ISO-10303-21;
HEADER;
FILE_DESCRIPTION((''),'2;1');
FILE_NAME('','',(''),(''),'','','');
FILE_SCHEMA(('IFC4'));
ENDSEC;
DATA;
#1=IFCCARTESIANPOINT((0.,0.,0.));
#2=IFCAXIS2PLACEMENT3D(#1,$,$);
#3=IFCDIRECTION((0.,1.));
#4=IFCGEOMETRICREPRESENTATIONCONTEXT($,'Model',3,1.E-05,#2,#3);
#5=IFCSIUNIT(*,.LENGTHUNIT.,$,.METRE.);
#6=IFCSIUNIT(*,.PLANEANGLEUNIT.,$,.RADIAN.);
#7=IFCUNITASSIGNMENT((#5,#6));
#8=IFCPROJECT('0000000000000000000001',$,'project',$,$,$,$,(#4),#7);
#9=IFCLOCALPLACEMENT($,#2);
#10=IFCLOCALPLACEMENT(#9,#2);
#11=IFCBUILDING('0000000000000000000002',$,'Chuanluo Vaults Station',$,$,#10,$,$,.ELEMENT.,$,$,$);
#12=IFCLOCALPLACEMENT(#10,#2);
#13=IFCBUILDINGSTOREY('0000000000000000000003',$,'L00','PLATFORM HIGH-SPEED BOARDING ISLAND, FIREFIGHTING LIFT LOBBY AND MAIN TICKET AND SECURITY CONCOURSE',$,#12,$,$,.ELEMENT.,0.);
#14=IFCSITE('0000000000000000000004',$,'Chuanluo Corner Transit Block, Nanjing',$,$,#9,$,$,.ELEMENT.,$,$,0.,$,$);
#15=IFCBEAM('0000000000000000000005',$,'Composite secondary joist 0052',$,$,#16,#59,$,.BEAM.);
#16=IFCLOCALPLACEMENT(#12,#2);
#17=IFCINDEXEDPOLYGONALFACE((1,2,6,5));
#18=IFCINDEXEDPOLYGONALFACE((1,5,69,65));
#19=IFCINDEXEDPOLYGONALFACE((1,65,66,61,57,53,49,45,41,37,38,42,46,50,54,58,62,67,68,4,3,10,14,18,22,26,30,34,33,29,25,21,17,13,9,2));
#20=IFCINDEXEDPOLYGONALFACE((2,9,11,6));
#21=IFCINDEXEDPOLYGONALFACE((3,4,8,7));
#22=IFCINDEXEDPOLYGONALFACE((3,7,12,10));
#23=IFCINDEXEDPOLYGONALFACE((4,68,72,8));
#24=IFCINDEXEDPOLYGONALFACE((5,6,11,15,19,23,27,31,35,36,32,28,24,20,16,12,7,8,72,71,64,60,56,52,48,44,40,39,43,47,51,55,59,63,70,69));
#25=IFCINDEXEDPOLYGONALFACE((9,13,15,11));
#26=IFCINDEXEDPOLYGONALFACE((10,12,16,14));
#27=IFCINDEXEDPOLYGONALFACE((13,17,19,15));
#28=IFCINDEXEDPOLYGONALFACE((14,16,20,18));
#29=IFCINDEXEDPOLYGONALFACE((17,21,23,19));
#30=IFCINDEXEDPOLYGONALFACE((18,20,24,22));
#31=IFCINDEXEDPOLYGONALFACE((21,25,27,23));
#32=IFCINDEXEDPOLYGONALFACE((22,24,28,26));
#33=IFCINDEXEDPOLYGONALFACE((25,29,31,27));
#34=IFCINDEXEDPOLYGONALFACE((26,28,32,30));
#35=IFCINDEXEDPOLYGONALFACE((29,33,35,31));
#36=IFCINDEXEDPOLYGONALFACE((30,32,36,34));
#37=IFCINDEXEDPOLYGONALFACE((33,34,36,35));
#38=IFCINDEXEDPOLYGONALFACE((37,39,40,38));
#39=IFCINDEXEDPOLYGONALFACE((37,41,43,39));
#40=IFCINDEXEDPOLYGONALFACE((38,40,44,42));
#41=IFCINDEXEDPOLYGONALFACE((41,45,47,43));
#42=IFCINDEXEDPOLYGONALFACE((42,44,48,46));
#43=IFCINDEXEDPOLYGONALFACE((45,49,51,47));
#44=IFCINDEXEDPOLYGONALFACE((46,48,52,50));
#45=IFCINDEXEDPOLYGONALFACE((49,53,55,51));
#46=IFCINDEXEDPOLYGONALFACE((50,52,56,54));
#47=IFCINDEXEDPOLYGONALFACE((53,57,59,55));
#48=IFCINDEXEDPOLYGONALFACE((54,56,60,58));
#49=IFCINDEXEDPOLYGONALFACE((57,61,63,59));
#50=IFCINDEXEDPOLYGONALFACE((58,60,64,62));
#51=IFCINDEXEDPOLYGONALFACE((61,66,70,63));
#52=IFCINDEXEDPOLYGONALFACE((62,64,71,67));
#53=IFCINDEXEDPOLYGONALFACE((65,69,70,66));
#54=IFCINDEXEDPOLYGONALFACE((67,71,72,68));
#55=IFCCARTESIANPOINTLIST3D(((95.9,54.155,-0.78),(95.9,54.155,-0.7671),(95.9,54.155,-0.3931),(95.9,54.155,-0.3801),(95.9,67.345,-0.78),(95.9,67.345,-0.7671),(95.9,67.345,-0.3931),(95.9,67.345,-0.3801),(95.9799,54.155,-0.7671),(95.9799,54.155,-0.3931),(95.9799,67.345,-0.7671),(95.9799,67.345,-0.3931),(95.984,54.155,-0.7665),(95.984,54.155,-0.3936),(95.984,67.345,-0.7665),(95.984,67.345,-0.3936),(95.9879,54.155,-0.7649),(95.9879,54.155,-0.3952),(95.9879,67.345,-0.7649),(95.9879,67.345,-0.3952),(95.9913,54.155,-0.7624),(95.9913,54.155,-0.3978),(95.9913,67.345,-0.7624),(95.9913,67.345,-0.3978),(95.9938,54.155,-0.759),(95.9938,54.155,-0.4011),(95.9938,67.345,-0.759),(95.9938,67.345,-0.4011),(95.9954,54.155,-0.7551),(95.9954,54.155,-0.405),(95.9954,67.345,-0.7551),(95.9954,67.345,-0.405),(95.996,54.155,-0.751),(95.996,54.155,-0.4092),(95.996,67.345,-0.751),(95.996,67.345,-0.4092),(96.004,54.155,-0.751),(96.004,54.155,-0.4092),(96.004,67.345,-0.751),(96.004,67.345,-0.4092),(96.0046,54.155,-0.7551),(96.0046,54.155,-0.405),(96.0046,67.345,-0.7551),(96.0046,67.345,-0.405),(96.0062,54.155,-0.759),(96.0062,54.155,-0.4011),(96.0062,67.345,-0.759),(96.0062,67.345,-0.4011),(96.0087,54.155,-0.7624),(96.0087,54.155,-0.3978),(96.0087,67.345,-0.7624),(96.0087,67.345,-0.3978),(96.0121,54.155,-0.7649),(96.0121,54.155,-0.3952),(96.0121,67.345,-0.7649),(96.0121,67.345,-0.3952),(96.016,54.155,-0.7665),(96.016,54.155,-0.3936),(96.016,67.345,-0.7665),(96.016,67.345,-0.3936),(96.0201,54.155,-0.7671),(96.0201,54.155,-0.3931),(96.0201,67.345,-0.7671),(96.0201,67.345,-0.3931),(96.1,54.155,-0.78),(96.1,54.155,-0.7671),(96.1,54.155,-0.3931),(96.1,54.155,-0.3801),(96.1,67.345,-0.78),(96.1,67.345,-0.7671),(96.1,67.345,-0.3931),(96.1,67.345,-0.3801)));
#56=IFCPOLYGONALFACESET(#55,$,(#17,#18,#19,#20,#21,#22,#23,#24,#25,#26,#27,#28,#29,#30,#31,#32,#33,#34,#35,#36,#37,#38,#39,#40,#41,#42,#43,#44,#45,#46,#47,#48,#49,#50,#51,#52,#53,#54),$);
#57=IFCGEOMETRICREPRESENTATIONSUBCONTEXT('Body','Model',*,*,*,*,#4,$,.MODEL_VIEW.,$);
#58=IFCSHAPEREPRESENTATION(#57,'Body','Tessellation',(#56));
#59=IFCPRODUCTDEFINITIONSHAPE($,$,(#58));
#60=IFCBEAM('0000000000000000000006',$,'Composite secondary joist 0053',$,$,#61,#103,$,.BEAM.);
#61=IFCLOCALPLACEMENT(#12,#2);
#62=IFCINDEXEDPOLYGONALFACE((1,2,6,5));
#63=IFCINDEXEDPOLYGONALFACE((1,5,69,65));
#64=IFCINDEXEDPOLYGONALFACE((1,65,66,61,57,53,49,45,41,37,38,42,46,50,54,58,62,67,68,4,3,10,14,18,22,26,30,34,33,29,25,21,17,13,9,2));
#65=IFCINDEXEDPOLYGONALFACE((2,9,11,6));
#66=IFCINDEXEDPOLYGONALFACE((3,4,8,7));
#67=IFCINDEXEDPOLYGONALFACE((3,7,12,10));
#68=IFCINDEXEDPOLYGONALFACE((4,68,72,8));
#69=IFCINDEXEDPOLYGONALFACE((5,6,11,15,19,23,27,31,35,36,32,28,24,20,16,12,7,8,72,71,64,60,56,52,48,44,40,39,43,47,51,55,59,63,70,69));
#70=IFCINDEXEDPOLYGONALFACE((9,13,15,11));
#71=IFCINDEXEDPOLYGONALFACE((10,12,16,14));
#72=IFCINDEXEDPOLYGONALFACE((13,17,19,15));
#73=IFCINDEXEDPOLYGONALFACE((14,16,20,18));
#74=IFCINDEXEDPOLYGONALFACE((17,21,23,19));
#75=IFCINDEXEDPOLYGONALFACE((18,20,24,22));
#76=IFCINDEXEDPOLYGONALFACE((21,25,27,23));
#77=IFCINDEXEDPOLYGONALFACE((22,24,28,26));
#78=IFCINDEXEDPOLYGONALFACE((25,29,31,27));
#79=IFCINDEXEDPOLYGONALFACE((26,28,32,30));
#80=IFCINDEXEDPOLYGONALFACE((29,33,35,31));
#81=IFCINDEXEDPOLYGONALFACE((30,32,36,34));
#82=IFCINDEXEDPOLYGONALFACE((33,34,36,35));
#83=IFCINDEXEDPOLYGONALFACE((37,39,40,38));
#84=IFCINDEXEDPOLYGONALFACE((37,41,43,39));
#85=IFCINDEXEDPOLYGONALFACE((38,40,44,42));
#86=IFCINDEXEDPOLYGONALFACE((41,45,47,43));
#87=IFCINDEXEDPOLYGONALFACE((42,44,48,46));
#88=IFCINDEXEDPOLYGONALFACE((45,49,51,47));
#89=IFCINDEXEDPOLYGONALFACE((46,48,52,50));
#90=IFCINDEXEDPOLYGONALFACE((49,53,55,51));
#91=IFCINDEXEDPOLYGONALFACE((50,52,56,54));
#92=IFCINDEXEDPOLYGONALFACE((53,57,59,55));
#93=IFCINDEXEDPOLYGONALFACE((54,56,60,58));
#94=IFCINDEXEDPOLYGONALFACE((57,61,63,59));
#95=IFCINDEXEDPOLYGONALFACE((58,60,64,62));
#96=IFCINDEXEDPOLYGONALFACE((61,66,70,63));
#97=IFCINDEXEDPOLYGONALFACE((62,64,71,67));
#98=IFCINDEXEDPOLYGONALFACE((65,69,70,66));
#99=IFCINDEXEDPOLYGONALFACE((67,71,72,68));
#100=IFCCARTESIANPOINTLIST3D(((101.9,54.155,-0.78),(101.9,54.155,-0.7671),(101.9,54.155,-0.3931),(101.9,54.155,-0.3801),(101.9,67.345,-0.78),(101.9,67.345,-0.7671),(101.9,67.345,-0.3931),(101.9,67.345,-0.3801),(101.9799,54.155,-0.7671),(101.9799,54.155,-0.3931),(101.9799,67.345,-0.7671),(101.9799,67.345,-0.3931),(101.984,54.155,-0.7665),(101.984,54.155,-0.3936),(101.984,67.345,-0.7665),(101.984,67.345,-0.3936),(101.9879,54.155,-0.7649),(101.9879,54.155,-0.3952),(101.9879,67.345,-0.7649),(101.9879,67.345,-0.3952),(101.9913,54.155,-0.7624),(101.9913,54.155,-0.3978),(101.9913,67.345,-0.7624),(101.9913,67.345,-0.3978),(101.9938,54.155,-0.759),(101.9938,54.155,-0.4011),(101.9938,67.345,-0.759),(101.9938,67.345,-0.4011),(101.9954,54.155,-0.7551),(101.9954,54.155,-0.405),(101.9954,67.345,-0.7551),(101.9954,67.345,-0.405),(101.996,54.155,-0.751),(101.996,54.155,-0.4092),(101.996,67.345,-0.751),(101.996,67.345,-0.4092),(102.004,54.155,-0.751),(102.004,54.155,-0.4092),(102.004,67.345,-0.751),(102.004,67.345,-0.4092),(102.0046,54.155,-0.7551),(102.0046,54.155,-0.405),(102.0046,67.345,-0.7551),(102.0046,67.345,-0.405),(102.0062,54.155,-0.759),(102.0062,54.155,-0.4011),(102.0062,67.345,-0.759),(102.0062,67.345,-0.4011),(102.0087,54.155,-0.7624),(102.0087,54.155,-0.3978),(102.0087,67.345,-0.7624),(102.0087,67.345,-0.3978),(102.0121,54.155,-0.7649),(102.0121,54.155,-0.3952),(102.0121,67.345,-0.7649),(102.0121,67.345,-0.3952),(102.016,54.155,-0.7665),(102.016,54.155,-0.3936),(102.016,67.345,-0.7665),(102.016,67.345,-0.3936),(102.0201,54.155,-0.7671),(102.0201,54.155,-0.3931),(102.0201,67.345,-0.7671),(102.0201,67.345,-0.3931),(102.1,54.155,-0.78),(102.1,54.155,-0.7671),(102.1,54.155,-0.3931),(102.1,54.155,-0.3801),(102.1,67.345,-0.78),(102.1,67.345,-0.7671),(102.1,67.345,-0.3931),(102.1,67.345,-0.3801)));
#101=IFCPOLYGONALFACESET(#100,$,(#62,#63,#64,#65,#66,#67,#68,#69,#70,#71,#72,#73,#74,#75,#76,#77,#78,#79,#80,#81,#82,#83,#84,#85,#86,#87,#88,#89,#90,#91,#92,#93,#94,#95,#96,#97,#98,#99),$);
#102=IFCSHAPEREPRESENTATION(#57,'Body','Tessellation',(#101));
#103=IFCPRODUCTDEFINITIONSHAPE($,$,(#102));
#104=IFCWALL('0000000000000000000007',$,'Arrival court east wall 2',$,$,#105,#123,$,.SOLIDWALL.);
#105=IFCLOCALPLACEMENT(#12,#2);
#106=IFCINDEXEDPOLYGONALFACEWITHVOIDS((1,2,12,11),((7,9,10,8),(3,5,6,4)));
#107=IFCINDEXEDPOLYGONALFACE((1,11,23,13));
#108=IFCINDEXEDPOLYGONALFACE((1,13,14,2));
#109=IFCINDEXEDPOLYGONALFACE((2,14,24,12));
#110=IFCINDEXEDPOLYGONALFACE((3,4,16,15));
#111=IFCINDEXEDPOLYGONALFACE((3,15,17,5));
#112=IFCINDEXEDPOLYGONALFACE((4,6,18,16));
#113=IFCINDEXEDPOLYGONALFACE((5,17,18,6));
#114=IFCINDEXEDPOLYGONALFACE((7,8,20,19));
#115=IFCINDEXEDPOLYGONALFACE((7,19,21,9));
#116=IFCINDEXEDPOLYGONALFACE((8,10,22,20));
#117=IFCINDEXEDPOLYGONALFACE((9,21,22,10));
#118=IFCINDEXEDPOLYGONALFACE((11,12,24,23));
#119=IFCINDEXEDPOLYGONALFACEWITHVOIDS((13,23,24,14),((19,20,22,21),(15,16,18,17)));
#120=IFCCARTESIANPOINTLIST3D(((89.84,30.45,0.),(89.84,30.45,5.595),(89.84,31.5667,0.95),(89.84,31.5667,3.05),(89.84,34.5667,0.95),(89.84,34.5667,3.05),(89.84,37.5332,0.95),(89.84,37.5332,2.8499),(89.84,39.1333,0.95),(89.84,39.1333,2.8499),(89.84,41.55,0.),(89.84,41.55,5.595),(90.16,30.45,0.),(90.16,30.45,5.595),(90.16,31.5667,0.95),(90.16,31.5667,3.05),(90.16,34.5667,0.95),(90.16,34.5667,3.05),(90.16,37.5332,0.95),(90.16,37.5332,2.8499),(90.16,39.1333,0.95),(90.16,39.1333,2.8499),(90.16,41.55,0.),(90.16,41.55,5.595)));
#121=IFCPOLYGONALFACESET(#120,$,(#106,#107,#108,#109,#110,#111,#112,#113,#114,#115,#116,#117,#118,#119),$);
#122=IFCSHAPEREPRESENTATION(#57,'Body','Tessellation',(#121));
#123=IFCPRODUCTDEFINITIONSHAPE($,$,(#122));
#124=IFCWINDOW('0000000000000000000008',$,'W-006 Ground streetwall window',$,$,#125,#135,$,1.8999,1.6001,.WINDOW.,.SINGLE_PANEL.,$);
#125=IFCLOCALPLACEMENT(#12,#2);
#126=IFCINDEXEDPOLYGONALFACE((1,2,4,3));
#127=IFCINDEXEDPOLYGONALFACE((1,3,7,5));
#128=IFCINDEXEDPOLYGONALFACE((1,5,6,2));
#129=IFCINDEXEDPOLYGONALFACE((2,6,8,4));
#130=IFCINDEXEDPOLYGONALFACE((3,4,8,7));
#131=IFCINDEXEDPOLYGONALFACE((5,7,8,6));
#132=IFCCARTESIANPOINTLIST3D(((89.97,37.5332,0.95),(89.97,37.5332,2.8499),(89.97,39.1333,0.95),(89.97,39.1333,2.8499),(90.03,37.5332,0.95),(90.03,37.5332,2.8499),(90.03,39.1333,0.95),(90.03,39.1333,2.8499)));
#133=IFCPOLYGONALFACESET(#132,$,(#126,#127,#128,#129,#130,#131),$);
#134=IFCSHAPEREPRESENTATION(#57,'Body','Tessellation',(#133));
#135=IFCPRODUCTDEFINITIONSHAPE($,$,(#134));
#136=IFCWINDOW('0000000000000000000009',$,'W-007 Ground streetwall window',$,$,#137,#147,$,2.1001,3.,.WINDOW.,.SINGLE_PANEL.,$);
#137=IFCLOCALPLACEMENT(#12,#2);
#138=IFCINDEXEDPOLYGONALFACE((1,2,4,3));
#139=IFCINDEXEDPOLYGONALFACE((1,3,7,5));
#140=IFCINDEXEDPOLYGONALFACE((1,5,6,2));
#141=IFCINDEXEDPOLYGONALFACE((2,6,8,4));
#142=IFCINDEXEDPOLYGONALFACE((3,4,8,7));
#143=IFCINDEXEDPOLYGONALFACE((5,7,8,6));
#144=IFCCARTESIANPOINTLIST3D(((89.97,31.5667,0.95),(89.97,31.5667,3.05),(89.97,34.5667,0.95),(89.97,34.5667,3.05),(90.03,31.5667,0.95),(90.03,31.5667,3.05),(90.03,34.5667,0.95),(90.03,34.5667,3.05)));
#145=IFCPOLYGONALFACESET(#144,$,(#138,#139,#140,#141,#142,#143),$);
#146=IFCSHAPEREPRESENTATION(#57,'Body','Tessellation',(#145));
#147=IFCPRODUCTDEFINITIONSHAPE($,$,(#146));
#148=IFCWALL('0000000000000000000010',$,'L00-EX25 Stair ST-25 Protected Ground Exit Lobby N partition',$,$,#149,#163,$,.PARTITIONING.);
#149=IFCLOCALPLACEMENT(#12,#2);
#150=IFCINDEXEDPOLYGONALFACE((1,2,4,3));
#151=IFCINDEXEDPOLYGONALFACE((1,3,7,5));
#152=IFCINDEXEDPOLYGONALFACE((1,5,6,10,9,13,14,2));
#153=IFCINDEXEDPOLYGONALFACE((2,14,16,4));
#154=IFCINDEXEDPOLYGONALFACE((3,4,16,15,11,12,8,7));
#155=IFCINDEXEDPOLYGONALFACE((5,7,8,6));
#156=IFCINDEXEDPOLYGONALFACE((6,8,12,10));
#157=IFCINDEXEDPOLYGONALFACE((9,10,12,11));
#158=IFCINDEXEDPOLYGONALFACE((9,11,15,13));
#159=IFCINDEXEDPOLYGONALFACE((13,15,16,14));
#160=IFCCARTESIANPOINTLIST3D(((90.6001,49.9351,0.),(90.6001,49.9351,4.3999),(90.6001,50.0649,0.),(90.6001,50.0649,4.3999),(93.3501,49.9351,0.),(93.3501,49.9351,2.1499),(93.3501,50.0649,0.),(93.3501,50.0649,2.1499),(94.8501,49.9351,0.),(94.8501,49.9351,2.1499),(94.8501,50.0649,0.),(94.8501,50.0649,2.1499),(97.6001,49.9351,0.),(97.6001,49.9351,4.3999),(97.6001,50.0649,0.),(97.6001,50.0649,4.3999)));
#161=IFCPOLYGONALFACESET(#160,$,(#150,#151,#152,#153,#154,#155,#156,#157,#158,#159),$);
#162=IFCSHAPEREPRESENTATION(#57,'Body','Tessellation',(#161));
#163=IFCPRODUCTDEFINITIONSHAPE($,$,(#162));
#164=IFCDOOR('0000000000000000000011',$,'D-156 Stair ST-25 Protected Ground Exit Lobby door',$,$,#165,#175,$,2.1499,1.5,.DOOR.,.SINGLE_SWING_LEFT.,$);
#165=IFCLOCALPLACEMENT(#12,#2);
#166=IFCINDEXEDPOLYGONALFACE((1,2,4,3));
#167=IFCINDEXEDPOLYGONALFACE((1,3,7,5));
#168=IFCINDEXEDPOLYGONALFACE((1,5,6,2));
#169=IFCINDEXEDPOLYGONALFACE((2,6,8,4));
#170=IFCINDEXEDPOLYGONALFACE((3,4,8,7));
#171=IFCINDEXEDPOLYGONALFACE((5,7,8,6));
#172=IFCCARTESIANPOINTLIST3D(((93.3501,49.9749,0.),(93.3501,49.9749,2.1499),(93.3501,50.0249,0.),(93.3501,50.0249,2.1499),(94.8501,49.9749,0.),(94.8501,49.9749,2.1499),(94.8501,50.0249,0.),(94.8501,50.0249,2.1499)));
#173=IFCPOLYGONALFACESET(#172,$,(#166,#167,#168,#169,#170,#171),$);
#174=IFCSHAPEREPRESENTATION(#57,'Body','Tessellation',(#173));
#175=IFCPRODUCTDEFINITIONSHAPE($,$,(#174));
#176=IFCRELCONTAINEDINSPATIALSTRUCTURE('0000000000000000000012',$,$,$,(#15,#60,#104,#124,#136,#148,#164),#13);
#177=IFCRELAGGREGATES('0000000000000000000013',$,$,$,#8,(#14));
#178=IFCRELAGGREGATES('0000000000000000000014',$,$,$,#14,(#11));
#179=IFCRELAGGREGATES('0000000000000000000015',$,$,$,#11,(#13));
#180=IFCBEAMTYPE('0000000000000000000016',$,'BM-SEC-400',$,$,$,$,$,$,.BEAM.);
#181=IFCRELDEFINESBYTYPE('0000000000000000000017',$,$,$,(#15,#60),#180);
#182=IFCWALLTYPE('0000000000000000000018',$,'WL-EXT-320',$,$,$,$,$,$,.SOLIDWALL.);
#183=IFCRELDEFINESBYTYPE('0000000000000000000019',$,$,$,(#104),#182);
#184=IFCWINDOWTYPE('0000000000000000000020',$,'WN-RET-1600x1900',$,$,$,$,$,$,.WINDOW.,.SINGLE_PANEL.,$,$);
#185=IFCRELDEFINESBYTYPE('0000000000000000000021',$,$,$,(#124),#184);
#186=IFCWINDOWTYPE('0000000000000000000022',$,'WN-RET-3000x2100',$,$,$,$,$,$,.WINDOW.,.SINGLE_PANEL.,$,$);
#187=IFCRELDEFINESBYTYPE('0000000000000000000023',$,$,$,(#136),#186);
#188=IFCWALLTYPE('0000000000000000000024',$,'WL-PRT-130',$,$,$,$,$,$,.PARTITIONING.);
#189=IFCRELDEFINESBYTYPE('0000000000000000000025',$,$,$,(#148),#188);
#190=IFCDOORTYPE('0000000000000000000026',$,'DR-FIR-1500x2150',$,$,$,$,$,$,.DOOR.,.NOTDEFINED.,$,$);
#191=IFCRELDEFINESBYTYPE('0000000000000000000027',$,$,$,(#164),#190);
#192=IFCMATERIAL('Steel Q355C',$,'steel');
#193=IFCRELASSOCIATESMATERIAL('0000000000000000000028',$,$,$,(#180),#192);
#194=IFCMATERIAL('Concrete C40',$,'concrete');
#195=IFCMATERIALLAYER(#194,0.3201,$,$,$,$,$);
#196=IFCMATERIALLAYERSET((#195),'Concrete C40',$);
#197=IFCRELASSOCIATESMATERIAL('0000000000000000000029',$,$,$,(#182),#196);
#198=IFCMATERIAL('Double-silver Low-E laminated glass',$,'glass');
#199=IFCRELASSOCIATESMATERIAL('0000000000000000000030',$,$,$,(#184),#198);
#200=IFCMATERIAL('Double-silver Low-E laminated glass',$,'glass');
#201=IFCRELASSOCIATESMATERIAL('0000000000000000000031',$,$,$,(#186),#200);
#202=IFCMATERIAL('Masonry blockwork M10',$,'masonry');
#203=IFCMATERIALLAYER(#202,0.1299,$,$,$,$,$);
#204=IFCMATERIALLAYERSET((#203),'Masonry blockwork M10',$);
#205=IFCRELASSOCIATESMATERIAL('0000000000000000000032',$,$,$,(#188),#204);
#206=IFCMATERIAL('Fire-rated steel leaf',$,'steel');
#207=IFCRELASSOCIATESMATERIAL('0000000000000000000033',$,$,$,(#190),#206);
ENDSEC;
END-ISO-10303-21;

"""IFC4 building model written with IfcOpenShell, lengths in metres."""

from ifc_helpers import new_model, si_unit, direction, frame, frame_2d, origin, origin_2d, place, context, subcontext, project, spatial, rectangle, i_section, extrude, material, layer, layer_set, material_profile, profile_set, type_object, element, fill, save


model = new_model("IFC4")

# Units and contexts
model_context = context("Model", 3, precision=1e-05, world=origin(), true_north=direction((0.0, 1.0)))
body_context = subcontext(model_context, "Body", "Model", "MODEL_VIEW")
ifc_project = project(units=[si_unit("LENGTHUNIT", "METRE"), si_unit("PLANEANGLEUNIT", "RADIAN")], contexts=[model_context])

# Site, building, storey
site_placement = place(None, origin())
site = spatial("IfcSite", under=ifc_project, at=site_placement, Name="Chuanluo Corner Transit Block, Nanjing", CompositionType="ELEMENT", RefElevation=0.0)
building_placement = place(site_placement, origin())
building = spatial("IfcBuilding", under=site, at=building_placement, Name="Chuanluo Vaults Station", CompositionType="ELEMENT")
storey_placement = place(building_placement, origin())
storey = spatial("IfcBuildingStorey", under=building, at=storey_placement, Name="L00", Description="PLATFORM HIGH-SPEED BOARDING ISLAND, FIREFIGHTING LIFT LOBBY AND MAIN TICKET AND SECURITY CONCOURSE", CompositionType="ELEMENT", Elevation=0.0)

# Beams
ifc_material_1 = material(Name="Steel Q355C", Category="steel")
ifc_material_profile_1 = material_profile(ifc_material_1, i_section(OverallWidth=0.2, OverallDepth=0.3999, WebThickness=0.0081, FlangeThickness=0.0129, FilletRadius=0.0161, at=origin_2d()))
ifc_profile_set_1 = profile_set([ifc_material_profile_1], Name="Steel Q355C")
beam_type_1 = type_object("IfcBeamType", Name="BM-SEC-400", PredefinedType="BEAM", material=ifc_profile_set_1)
for number, where, z_axis, x_axis, name in (
    (1, (96.0, 54.155, -0.5801), (0.0, 1.0, 0.0), (-1.0, 0.0, 0.0), "Composite secondary joist 0052"),
    (2, (102.0, 54.155, -0.5801), (0.0, 1.0, 0.0), (-1.0, 0.0, 0.0), "Composite secondary joist 0053"),
):
    element("IfcBeam", number, at=place(storey_placement, frame(where, z_axis=z_axis, x_axis=x_axis)), inside=storey, type_object=beam_type_1, Name=name, PredefinedType="BEAM", context=body_context, shape_type="SweptSolid", body=[
        extrude(i_section(OverallWidth=0.2, OverallDepth=0.3999, WebThickness=0.0081, FlangeThickness=0.0129, FilletRadius=0.0161, at=origin_2d()), origin(), (0.0, 0.0, 1.0), 13.1899),
    ])

# Wall, openings, windows
ifc_material_2 = material(Name="Concrete C40", Category="concrete")
ifc_layer_1 = layer(ifc_material_2, 0.3201)
ifc_layer_set_1 = layer_set([ifc_layer_1], Name="Concrete C40")
wall_type_1 = type_object("IfcWallType", Name="WL-EXT-320", PredefinedType="SOLIDWALL", material=ifc_layer_set_1)
wall_1_placement = place(storey_placement, frame((90.0, 41.55, 0.0), z_axis=(0.0, 0.0, 1.0), x_axis=(0.0, -1.0, 0.0)))
wall_1 = element("IfcWall", 3, at=wall_1_placement, inside=storey, type_object=wall_type_1, Name="Arrival court east wall 2", PredefinedType="SOLIDWALL", context=body_context, shape_type="SweptSolid", body=[
    extrude(rectangle(XDim=11.1001, YDim=0.3201, at=frame_2d((5.55, 0.0))), origin(), (0.0, 0.0, 1.0), 5.595),
])
opening_1_placement = place(wall_1_placement, frame((2.4167, 0.0, 0.95)))
opening_1 = element("IfcOpeningElement", 4, at=opening_1_placement, cuts=wall_1, PredefinedType="OPENING", context=body_context, shape_type="SweptSolid", body=[
    extrude(rectangle(XDim=1.6001, YDim=1.8999, at=frame_2d((0.8, 0.95))), frame((0.0, 0.1702, 0.0), z_axis=(0.0, -1.0, 0.0), x_axis=(1.0, 0.0, 0.0)), (0.0, 0.0, 1.0), 0.3401),
])
opening_2_placement = place(wall_1_placement, frame((6.9834, 0.0, 0.95)))
opening_2 = element("IfcOpeningElement", 5, at=opening_2_placement, cuts=wall_1, PredefinedType="OPENING", context=body_context, shape_type="SweptSolid", body=[
    extrude(rectangle(XDim=3.0, YDim=2.1001, at=frame_2d((1.5, 1.05))), frame((0.0, 0.1702, 0.0), z_axis=(0.0, -1.0, 0.0), x_axis=(1.0, 0.0, 0.0)), (0.0, 0.0, 1.0), 0.3401),
])
ifc_material_3 = material(Name="Double-silver Low-E laminated glass", Category="glass")
window_type_1 = type_object("IfcWindowType", Name="WN-RET-1600x1900", PartitioningType="SINGLE_PANEL", PredefinedType="WINDOW", material=ifc_material_3)
window_1_placement = place(opening_1_placement, origin())
window_1 = element("IfcWindow", 6, at=window_1_placement, inside=storey, type_object=window_type_1, Name="W-006 Ground streetwall window", OverallHeight=1.8999, OverallWidth=1.6001, PartitioningType="SINGLE_PANEL", PredefinedType="WINDOW", context=body_context, shape_type="SweptSolid", body=[
    extrude(rectangle(XDim=1.6001, YDim=1.8999, at=frame_2d((0.8, 0.95))), frame((0.0, 0.03, 0.0), z_axis=(0.0, -1.0, 0.0), x_axis=(1.0, 0.0, 0.0)), (0.0, 0.0, 1.0), 0.0601),
])
fill(opening_1, window_1)
ifc_material_4 = material(Name="Double-silver Low-E laminated glass", Category="glass")
window_type_2 = type_object("IfcWindowType", Name="WN-RET-3000x2100", PartitioningType="SINGLE_PANEL", PredefinedType="WINDOW", material=ifc_material_4)
window_2_placement = place(opening_2_placement, origin())
window_2 = element("IfcWindow", 7, at=window_2_placement, inside=storey, type_object=window_type_2, Name="W-007 Ground streetwall window", OverallHeight=2.1001, OverallWidth=3.0, PartitioningType="SINGLE_PANEL", PredefinedType="WINDOW", context=body_context, shape_type="SweptSolid", body=[
    extrude(rectangle(XDim=3.0, YDim=2.1001, at=frame_2d((1.5, 1.05))), frame((0.0, 0.03, 0.0), z_axis=(0.0, -1.0, 0.0), x_axis=(1.0, 0.0, 0.0)), (0.0, 0.0, 1.0), 0.0601),
])
fill(opening_2, window_2)

# Wall, opening, door
ifc_material_5 = material(Name="Masonry blockwork M10", Category="masonry")
ifc_layer_2 = layer(ifc_material_5, 0.1299)
ifc_layer_set_2 = layer_set([ifc_layer_2], Name="Masonry blockwork M10")
wall_type_2 = type_object("IfcWallType", Name="WL-PRT-130", PredefinedType="PARTITIONING", material=ifc_layer_set_2)
wall_2_placement = place(storey_placement, frame((90.6001, 50.0, 0.0), z_axis=(0.0, 0.0, 1.0), x_axis=(1.0, 0.0, 0.0)))
wall_2 = element("IfcWall", 8, at=wall_2_placement, inside=storey, type_object=wall_type_2, Name="L00-EX25 Stair ST-25 Protected Ground Exit Lobby N partition", PredefinedType="PARTITIONING", context=body_context, shape_type="SweptSolid", body=[
    extrude(rectangle(XDim=7.0, YDim=0.1299, at=frame_2d((3.5, 0.0))), origin(), (0.0, 0.0, 1.0), 4.3999),
])
opening_3_placement = place(wall_2_placement, frame((2.75, 0.0, 0.0)))
opening_3 = element("IfcOpeningElement", 9, at=opening_3_placement, cuts=wall_2, PredefinedType="OPENING", context=body_context, shape_type="SweptSolid", body=[
    extrude(rectangle(XDim=1.5, YDim=2.1499, at=frame_2d((0.75, 1.075))), frame((0.0, 0.0749, 0.0), z_axis=(0.0, -1.0, 0.0), x_axis=(1.0, 0.0, 0.0)), (0.0, 0.0, 1.0), 0.1499),
])
ifc_material_6 = material(Name="Fire-rated steel leaf", Category="steel")
door_type_1 = type_object("IfcDoorType", Name="DR-FIR-1500x2150", OperationType="NOTDEFINED", PredefinedType="DOOR", material=ifc_material_6)
door_1_placement = place(opening_3_placement, origin())
door_1 = element("IfcDoor", 10, at=door_1_placement, inside=storey, type_object=door_type_1, Name="D-156 Stair ST-25 Protected Ground Exit Lobby door", OperationType="SINGLE_SWING_LEFT", OverallHeight=2.1499, OverallWidth=1.5, PredefinedType="DOOR", context=body_context, shape_type="SweptSolid", body=[
    extrude(rectangle(XDim=1.5, YDim=2.1499, at=frame_2d((0.75, 1.075))), frame((0.0, 0.0249, 0.0), z_axis=(0.0, -1.0, 0.0), x_axis=(1.0, 0.0, 0.0)), (0.0, 0.0, 1.0), 0.05),
])
fill(opening_3, door_1)

save(model, "model.ifc")
